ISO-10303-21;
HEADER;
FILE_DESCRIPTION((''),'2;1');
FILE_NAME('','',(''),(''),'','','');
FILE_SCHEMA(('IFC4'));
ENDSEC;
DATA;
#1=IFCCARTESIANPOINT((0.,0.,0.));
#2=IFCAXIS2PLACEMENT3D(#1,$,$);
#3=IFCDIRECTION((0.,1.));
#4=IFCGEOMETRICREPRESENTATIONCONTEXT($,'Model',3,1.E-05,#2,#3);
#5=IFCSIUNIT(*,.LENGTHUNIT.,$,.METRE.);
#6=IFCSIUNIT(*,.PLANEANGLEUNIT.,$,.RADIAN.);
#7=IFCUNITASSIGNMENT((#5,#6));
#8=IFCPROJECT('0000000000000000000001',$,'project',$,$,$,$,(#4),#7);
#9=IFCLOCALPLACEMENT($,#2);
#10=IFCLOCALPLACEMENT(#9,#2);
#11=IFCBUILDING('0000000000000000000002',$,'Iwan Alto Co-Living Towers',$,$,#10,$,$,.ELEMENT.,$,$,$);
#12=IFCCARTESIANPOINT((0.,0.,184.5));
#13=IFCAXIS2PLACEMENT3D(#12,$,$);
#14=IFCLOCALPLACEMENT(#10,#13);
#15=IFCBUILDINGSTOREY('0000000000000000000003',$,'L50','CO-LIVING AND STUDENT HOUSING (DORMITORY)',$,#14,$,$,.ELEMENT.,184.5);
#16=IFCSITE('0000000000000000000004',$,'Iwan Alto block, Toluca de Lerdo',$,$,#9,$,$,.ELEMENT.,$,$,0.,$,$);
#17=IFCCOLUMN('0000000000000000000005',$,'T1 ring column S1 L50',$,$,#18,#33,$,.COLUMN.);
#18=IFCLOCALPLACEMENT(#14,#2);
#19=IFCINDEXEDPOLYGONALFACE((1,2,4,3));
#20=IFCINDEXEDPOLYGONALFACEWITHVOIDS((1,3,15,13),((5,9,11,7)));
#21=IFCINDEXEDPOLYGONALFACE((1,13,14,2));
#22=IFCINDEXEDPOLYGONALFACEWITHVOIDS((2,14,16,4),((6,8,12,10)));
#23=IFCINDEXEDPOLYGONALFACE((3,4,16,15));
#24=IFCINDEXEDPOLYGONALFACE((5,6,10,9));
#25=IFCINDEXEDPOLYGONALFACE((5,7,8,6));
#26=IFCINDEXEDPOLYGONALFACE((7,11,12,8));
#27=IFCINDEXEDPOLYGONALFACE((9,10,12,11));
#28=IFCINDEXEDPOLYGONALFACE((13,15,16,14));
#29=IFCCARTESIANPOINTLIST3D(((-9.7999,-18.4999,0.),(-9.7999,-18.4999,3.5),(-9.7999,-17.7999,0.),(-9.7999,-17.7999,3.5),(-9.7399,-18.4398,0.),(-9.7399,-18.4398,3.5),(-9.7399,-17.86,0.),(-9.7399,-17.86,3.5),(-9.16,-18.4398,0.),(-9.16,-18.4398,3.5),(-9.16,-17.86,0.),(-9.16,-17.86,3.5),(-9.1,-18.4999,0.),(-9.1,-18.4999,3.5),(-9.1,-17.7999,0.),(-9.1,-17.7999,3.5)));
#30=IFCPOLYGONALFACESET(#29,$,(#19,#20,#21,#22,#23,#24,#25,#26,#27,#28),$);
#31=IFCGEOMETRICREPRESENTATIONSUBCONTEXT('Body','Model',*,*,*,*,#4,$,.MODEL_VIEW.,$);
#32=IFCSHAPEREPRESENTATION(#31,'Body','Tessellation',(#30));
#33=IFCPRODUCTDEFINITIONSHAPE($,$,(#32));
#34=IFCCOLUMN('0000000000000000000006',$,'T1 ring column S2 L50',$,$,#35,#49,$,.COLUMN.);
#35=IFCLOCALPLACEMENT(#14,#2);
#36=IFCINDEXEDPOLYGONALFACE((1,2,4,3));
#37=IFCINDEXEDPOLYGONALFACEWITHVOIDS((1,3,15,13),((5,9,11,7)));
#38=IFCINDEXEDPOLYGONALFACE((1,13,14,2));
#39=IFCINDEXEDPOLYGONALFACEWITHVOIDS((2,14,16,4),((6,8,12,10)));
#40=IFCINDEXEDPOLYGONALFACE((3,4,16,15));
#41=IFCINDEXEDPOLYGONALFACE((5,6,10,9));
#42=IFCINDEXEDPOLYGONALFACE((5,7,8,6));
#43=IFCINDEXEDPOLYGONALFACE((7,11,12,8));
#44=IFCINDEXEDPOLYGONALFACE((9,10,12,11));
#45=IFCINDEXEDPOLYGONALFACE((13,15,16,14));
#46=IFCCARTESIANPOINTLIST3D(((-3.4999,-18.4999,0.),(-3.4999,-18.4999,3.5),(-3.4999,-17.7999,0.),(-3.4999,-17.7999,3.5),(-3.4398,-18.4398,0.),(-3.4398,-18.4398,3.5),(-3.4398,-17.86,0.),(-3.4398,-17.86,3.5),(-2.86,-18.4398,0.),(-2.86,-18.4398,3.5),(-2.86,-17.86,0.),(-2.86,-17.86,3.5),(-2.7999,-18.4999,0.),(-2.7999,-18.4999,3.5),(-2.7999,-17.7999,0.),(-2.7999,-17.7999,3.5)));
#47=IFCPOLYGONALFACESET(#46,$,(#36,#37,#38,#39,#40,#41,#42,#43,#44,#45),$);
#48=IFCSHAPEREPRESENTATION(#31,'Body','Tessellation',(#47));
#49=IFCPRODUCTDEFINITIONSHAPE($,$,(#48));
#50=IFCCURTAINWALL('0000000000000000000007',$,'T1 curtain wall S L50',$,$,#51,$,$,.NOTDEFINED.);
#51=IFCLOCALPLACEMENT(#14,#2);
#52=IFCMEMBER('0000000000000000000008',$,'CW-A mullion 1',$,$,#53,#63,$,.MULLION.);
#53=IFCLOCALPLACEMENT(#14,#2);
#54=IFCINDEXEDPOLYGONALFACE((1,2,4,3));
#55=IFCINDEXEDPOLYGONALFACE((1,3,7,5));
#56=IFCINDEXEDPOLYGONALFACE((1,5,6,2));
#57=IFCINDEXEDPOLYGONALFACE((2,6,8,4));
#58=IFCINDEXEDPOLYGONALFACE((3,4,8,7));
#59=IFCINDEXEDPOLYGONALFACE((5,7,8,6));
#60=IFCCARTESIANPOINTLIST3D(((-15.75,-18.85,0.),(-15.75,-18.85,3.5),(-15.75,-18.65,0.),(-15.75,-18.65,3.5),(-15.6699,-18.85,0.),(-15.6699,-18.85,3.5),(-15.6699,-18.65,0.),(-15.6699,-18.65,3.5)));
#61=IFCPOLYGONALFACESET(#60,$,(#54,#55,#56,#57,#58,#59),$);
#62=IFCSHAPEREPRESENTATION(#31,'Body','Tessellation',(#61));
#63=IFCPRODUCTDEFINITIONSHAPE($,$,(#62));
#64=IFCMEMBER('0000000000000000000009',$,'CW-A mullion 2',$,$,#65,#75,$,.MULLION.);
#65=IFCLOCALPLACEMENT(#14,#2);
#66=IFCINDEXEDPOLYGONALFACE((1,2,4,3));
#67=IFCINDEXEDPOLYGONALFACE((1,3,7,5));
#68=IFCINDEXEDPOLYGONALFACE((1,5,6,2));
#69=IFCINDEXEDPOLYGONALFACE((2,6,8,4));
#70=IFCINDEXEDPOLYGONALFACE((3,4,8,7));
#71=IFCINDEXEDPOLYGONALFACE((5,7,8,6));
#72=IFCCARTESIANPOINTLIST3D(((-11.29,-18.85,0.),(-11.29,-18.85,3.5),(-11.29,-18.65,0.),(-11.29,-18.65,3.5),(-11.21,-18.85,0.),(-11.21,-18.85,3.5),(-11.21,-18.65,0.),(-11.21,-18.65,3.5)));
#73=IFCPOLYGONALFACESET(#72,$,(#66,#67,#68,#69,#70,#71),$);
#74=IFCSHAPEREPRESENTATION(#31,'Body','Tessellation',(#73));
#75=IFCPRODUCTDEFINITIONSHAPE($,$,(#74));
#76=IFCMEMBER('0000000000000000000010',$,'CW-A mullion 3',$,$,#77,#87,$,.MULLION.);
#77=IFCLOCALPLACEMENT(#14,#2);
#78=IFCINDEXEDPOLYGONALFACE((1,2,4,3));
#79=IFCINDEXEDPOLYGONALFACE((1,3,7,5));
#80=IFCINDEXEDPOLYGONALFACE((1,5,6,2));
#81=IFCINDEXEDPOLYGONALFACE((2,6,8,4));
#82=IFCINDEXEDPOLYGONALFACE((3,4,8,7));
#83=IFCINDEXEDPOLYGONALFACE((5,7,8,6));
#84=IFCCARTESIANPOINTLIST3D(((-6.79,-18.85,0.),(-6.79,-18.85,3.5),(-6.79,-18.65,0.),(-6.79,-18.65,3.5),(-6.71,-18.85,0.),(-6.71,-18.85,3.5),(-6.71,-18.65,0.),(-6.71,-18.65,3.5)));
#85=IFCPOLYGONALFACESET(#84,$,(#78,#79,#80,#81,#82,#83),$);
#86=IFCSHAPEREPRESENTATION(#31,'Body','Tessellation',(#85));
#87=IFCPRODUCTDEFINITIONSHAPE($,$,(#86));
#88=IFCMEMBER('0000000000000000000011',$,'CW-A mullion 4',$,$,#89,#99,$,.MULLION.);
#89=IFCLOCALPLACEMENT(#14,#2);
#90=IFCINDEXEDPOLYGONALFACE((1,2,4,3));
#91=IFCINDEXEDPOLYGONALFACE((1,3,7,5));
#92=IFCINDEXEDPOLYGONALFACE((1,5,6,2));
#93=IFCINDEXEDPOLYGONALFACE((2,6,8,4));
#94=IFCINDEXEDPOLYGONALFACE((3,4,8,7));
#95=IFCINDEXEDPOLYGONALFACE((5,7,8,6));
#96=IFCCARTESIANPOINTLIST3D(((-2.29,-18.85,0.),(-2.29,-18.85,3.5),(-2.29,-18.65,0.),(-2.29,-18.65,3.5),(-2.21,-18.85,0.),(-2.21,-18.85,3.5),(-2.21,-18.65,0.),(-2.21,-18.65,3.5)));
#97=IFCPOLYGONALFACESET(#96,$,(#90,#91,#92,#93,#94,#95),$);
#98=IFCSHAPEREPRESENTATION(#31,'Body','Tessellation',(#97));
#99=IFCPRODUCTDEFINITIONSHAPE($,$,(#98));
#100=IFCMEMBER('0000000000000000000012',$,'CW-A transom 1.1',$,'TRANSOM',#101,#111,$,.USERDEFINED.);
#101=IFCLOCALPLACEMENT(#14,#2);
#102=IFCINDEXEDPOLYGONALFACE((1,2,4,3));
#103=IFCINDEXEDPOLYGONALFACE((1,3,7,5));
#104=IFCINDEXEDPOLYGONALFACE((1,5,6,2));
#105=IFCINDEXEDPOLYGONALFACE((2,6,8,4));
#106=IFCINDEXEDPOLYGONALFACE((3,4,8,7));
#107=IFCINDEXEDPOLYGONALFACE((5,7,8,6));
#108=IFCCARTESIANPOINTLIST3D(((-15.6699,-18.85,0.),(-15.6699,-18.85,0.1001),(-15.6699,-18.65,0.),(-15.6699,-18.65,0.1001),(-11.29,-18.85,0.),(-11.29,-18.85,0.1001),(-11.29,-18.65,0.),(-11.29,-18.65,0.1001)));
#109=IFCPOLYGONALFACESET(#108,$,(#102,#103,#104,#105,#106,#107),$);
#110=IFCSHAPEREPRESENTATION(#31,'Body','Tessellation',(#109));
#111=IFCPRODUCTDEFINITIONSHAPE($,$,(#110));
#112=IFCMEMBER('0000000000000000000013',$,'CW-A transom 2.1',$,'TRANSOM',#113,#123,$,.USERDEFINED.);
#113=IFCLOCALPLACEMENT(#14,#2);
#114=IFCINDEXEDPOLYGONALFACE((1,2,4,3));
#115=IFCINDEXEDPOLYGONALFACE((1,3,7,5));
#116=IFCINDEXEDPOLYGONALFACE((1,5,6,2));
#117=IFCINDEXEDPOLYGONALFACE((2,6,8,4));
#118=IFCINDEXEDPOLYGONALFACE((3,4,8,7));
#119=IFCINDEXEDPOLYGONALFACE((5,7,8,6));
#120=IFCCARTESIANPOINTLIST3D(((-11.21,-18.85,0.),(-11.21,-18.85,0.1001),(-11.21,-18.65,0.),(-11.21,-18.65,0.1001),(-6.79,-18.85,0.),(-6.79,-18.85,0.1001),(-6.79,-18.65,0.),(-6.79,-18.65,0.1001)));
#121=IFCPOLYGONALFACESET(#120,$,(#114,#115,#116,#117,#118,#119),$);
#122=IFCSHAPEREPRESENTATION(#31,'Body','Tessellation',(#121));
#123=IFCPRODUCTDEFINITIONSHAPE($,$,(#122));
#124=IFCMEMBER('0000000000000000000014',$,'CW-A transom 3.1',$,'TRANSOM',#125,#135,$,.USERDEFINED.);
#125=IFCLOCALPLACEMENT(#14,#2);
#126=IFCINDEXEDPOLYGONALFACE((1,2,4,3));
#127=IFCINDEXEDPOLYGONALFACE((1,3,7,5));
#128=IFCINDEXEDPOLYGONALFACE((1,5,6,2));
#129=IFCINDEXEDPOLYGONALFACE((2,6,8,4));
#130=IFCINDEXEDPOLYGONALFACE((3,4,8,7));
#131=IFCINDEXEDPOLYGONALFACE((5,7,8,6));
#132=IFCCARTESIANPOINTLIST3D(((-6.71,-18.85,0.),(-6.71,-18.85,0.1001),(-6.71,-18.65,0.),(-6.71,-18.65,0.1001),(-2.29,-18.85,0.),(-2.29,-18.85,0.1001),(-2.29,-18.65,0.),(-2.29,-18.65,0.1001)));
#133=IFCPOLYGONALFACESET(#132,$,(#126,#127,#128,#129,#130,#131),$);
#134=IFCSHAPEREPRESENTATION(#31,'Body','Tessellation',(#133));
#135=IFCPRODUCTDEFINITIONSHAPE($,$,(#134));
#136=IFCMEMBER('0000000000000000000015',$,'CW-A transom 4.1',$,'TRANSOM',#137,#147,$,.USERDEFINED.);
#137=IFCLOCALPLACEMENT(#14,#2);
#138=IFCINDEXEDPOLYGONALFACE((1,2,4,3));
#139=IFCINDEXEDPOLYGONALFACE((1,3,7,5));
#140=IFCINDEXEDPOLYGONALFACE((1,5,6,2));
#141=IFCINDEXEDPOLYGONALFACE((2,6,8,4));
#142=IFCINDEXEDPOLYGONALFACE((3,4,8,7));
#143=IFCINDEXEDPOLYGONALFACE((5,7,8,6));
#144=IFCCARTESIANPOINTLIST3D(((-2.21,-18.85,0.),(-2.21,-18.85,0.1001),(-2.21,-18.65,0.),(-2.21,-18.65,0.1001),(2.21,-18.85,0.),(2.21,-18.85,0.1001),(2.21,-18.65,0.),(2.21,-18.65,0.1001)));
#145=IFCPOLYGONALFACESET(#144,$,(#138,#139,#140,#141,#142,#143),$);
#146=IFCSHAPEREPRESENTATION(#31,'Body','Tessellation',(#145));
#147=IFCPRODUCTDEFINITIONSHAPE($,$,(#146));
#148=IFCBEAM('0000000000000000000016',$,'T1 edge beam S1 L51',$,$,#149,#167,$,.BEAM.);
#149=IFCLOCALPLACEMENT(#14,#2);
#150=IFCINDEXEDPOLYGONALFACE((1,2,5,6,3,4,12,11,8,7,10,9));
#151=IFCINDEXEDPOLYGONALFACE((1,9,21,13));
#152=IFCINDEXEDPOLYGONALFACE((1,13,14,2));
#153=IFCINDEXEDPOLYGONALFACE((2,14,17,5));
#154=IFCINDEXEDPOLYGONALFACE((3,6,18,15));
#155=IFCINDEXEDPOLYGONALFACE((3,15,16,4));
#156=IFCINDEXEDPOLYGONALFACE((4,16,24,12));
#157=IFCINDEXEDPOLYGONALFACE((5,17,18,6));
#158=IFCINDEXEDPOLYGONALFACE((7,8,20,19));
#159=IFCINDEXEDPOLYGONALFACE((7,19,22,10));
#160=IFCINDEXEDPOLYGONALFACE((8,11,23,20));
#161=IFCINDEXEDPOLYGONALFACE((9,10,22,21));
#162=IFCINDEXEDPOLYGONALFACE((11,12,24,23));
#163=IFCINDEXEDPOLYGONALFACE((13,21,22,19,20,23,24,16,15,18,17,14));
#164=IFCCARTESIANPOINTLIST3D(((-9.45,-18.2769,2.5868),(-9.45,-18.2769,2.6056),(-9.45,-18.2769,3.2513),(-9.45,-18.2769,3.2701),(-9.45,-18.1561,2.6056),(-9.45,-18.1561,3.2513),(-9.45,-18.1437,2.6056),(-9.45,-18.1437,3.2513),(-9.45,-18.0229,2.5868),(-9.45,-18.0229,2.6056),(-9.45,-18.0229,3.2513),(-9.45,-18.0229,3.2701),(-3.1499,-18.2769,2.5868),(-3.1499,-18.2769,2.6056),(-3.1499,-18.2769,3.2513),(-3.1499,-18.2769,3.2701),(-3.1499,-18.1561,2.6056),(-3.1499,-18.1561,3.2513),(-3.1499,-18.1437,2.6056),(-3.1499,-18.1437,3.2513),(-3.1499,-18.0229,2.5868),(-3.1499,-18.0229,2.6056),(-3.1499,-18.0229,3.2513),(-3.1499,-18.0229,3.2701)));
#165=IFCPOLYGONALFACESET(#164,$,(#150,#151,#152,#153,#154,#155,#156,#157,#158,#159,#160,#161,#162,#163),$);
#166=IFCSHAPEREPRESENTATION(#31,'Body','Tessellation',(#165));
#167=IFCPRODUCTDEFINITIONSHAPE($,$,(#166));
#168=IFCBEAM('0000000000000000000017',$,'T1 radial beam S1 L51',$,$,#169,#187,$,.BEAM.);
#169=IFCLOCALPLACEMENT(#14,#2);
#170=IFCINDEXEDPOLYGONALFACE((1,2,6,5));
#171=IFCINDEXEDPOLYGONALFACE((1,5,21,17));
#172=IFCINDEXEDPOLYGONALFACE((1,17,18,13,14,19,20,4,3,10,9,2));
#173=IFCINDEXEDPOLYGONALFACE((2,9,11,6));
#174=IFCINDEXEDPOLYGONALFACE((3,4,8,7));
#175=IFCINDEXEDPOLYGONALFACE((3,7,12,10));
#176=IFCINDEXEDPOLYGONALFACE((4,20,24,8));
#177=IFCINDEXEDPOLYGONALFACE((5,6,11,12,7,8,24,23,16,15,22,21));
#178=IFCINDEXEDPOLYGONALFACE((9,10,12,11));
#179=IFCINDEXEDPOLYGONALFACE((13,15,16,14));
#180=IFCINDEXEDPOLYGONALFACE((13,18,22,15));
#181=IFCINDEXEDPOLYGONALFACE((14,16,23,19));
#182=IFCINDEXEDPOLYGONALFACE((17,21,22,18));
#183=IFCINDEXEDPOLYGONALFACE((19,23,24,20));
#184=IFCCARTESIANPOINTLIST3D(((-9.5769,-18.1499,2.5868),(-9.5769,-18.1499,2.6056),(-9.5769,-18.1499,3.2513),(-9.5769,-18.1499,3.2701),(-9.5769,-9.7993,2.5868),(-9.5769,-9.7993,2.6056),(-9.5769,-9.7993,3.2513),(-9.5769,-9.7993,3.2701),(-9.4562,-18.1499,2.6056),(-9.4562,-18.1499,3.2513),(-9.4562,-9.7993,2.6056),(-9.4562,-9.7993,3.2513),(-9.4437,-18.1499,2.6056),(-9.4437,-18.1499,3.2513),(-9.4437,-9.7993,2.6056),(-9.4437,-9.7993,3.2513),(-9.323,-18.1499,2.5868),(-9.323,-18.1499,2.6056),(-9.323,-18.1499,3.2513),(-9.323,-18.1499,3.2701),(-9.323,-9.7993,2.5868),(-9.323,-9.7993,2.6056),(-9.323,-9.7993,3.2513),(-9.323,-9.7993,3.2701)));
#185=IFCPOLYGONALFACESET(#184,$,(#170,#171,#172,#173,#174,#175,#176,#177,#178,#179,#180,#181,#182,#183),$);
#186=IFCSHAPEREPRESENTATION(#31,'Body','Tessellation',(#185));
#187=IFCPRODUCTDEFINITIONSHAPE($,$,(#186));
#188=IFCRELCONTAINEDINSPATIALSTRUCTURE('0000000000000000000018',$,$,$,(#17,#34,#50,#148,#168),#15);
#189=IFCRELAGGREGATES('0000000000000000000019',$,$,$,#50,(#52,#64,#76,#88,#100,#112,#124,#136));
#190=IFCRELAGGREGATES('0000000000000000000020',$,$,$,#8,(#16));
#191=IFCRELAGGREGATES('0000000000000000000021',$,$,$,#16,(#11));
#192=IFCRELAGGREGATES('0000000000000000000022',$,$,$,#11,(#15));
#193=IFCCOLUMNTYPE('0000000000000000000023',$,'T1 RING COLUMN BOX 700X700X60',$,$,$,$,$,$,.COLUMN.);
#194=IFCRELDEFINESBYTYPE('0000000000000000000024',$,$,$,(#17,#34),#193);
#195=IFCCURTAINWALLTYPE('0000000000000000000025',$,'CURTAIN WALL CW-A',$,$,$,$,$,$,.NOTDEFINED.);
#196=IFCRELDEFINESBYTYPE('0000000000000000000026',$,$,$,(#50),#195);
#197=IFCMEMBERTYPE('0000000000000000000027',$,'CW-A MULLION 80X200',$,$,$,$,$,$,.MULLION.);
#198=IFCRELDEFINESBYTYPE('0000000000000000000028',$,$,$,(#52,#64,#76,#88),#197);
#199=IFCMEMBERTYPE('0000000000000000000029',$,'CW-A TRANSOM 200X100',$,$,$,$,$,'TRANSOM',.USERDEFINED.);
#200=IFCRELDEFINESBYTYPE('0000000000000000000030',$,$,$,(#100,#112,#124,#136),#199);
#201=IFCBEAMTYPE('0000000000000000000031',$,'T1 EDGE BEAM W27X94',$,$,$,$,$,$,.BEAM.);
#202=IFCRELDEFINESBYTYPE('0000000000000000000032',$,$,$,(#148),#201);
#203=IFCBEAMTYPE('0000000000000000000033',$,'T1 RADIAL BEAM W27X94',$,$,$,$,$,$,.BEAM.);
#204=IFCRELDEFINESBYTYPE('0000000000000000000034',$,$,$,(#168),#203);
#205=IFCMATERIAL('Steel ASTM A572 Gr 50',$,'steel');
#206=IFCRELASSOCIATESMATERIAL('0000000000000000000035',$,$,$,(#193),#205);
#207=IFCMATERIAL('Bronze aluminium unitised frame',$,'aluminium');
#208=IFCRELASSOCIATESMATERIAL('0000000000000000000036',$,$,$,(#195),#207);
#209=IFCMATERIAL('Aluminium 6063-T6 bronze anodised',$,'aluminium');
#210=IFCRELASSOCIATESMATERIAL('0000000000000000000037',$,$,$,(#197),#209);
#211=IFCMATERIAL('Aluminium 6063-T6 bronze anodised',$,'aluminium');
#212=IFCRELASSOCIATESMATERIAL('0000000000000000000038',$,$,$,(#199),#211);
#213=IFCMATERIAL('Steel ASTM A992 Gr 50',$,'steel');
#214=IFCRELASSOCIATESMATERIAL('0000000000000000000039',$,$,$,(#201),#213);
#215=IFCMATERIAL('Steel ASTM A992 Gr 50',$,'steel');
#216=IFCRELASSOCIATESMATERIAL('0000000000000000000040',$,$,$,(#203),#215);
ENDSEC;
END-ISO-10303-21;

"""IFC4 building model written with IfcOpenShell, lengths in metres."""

from ifc_helpers import new_model, si_unit, direction, frame, origin, origin_2d, place, context, subcontext, project, spatial, rectangle, hollow_rectangle, i_section, extrude, material, material_profile, profile_set, type_object, element, aggregate, save


model = new_model("IFC4")

# Units and contexts
model_context = context("Model", 3, precision=1e-05, world=origin(), true_north=direction((0.0, 1.0)))
body_context = subcontext(model_context, "Body", "Model", "MODEL_VIEW")
ifc_project = project(units=[si_unit("LENGTHUNIT", "METRE"), si_unit("PLANEANGLEUNIT", "RADIAN")], contexts=[model_context])

# Site, building, storey
site_placement = place(None, origin())
site = spatial("IfcSite", under=ifc_project, at=site_placement, Name="Iwan Alto block, Toluca de Lerdo", CompositionType="ELEMENT", RefElevation=0.0)
building_placement = place(site_placement, origin())
building = spatial("IfcBuilding", under=site, at=building_placement, Name="Iwan Alto Co-Living Towers", CompositionType="ELEMENT")
storey_placement = place(building_placement, frame((0.0, 0.0, 184.5)))
storey = spatial("IfcBuildingStorey", under=building, at=storey_placement, Name="L50", Description="CO-LIVING AND STUDENT HOUSING (DORMITORY)", CompositionType="ELEMENT", Elevation=184.5)

# Columns
ifc_material_1 = material(Name="Steel ASTM A572 Gr 50", Category="steel")
ifc_material_profile_1 = material_profile(ifc_material_1, hollow_rectangle(XDim=0.7, YDim=0.7, WallThickness=0.0601, at=origin_2d()), Name="BOX 700X700X60")
ifc_profile_set_1 = profile_set([ifc_material_profile_1], Name="Steel ASTM A572 Gr 50")
column_type = type_object("IfcColumnType", Name="T1 RING COLUMN BOX 700X700X60", PredefinedType="COLUMN", material=ifc_profile_set_1)
for number, where, z_axis, x_axis, name in (
    (1, (-9.45, -18.1499, 0.0), (0.0, 0.0, 1.0), (1.0, 0.0, 0.0), "T1 ring column S1 L50"),
    (2, (-3.1499, -18.1499, 0.0), (0.0, 0.0, 1.0), (1.0, 0.0, 0.0), "T1 ring column S2 L50"),
):
    element("IfcColumn", number, at=place(storey_placement, frame(where, z_axis=z_axis, x_axis=x_axis)), inside=storey, type_object=column_type, Name=name, PredefinedType="COLUMN", context=body_context, shape_type="SweptSolid", body=[
        extrude(hollow_rectangle(XDim=0.7, YDim=0.7, WallThickness=0.0601, at=origin_2d()), origin(), (0.0, 0.0, 1.0), 3.5),
    ])

# Curtain wall, members
ifc_material_2 = material(Name="Bronze aluminium unitised frame", Category="aluminium")
curtain_wall_type = type_object("IfcCurtainWallType", Name="CURTAIN WALL CW-A", PredefinedType="NOTDEFINED", material=ifc_material_2)
curtain_wall_placement = place(storey_placement, origin())
curtain_wall = element("IfcCurtainWall", 3, at=curtain_wall_placement, inside=storey, type_object=curtain_wall_type, Name="T1 curtain wall S L50", PredefinedType="NOTDEFINED")
ifc_material_3 = material(Name="Aluminium 6063-T6 bronze anodised", Category="aluminium")
ifc_material_profile_2 = material_profile(ifc_material_3, rectangle(XDim=0.2, YDim=0.0801, at=origin_2d()), Name="AL 80X200")
ifc_profile_set_2 = profile_set([ifc_material_profile_2], Name="Aluminium 6063-T6 bronze anodised")
member_type_1 = type_object("IfcMemberType", Name="CW-A MULLION 80X200", PredefinedType="MULLION", material=ifc_profile_set_2)
member_1_placement = place(storey_placement, frame((-15.71, -18.75, 0.0), z_axis=(0.0, 0.0, 1.0), x_axis=(0.0, 1.0, 0.0)))
member_1 = element("IfcMember", 4, at=member_1_placement, type_object=member_type_1, Name="CW-A mullion 1", PredefinedType="MULLION", context=body_context, shape_type="SweptSolid", body=[
    extrude(rectangle(XDim=0.2, YDim=0.0801, at=origin_2d()), origin(), (0.0, 0.0, 1.0), 3.5),
])
member_2_placement = place(storey_placement, frame((-11.25, -18.75, 0.0), z_axis=(0.0, 0.0, 1.0), x_axis=(0.0, 1.0, 0.0)))
member_2 = element("IfcMember", 5, at=member_2_placement, type_object=member_type_1, Name="CW-A mullion 2", PredefinedType="MULLION", context=body_context, shape_type="SweptSolid", body=[
    extrude(rectangle(XDim=0.2, YDim=0.0801, at=origin_2d()), origin(), (0.0, 0.0, 1.0), 3.5),
])
member_3_placement = place(storey_placement, frame((-6.75, -18.75, 0.0), z_axis=(0.0, 0.0, 1.0), x_axis=(0.0, 1.0, 0.0)))
member_3 = element("IfcMember", 6, at=member_3_placement, type_object=member_type_1, Name="CW-A mullion 3", PredefinedType="MULLION", context=body_context, shape_type="SweptSolid", body=[
    extrude(rectangle(XDim=0.2, YDim=0.0801, at=origin_2d()), origin(), (0.0, 0.0, 1.0), 3.5),
])
member_4_placement = place(storey_placement, frame((-2.25, -18.75, 0.0), z_axis=(0.0, 0.0, 1.0), x_axis=(0.0, 1.0, 0.0)))
member_4 = element("IfcMember", 7, at=member_4_placement, type_object=member_type_1, Name="CW-A mullion 4", PredefinedType="MULLION", context=body_context, shape_type="SweptSolid", body=[
    extrude(rectangle(XDim=0.2, YDim=0.0801, at=origin_2d()), origin(), (0.0, 0.0, 1.0), 3.5),
])
ifc_material_4 = material(Name="Aluminium 6063-T6 bronze anodised", Category="aluminium")
ifc_material_profile_3 = material_profile(ifc_material_4, rectangle(XDim=0.2, YDim=0.1001, at=origin_2d()), Name="AL 200X100")
ifc_profile_set_3 = profile_set([ifc_material_profile_3], Name="Aluminium 6063-T6 bronze anodised")
member_type_2 = type_object("IfcMemberType", Name="CW-A TRANSOM 200X100", ElementType="TRANSOM", PredefinedType="USERDEFINED", material=ifc_profile_set_3)
member_5_placement = place(storey_placement, frame((-15.6699, -18.75, 0.05), z_axis=(1.0, 0.0, 0.0), x_axis=(0.0, 1.0, 0.0)))
member_5 = element("IfcMember", 8, at=member_5_placement, type_object=member_type_2, Name="CW-A transom 1.1", ObjectType="TRANSOM", PredefinedType="USERDEFINED", context=body_context, shape_type="SweptSolid", body=[
    extrude(rectangle(XDim=0.2, YDim=0.1001, at=origin_2d()), origin(), (0.0, 0.0, 1.0), 4.3799),
])
member_6_placement = place(storey_placement, frame((-11.21, -18.75, 0.05), z_axis=(1.0, 0.0, 0.0), x_axis=(0.0, 1.0, 0.0)))
member_6 = element("IfcMember", 9, at=member_6_placement, type_object=member_type_2, Name="CW-A transom 2.1", ObjectType="TRANSOM", PredefinedType="USERDEFINED", context=body_context, shape_type="SweptSolid", body=[
    extrude(rectangle(XDim=0.2, YDim=0.1001, at=origin_2d()), origin(), (0.0, 0.0, 1.0), 4.4199),
])
member_7_placement = place(storey_placement, frame((-6.71, -18.75, 0.05), z_axis=(1.0, 0.0, 0.0), x_axis=(0.0, 1.0, 0.0)))
member_7 = element("IfcMember", 10, at=member_7_placement, type_object=member_type_2, Name="CW-A transom 3.1", ObjectType="TRANSOM", PredefinedType="USERDEFINED", context=body_context, shape_type="SweptSolid", body=[
    extrude(rectangle(XDim=0.2, YDim=0.1001, at=origin_2d()), origin(), (0.0, 0.0, 1.0), 4.4199),
])
member_8_placement = place(storey_placement, frame((-2.21, -18.75, 0.05), z_axis=(1.0, 0.0, 0.0), x_axis=(0.0, 1.0, 0.0)))
member_8 = element("IfcMember", 11, at=member_8_placement, type_object=member_type_2, Name="CW-A transom 4.1", ObjectType="TRANSOM", PredefinedType="USERDEFINED", context=body_context, shape_type="SweptSolid", body=[
    extrude(rectangle(XDim=0.2, YDim=0.1001, at=origin_2d()), origin(), (0.0, 0.0, 1.0), 4.4199),
])

# Beams
ifc_material_5 = material(Name="Steel ASTM A992 Gr 50", Category="steel")
ifc_material_profile_4 = material_profile(ifc_material_5, i_section(OverallWidth=0.2539, OverallDepth=0.6833, WebThickness=0.0125, FlangeThickness=0.0188, at=origin_2d()), Name="W27X94")
ifc_profile_set_4 = profile_set([ifc_material_profile_4], Name="Steel ASTM A992 Gr 50")
beam_type_1 = type_object("IfcBeamType", Name="T1 EDGE BEAM W27X94", PredefinedType="BEAM", material=ifc_profile_set_4)
beam_1_placement = place(storey_placement, frame((-9.45, -18.1499, 2.9285), z_axis=(1.0, 0.0, 0.0), x_axis=(0.0, 1.0, 0.0)))
element("IfcBeam", 12, at=beam_1_placement, inside=storey, type_object=beam_type_1, Name="T1 edge beam S1 L51", PredefinedType="BEAM", context=body_context, shape_type="SweptSolid", body=[
    extrude(i_section(OverallWidth=0.2539, OverallDepth=0.6833, WebThickness=0.0125, FlangeThickness=0.0188, at=origin_2d()), origin(), (0.0, 0.0, 1.0), 6.3),
])
ifc_material_6 = material(Name="Steel ASTM A992 Gr 50", Category="steel")
ifc_material_profile_5 = material_profile(ifc_material_6, i_section(OverallWidth=0.2539, OverallDepth=0.6833, WebThickness=0.0125, FlangeThickness=0.0188, at=origin_2d()), Name="W27X94")
ifc_profile_set_5 = profile_set([ifc_material_profile_5], Name="Steel ASTM A992 Gr 50")
beam_type_2 = type_object("IfcBeamType", Name="T1 RADIAL BEAM W27X94", PredefinedType="BEAM", material=ifc_profile_set_5)
beam_2_placement = place(storey_placement, frame((-9.45, -18.1499, 2.9285), z_axis=(0.0, 1.0, 0.0), x_axis=(-1.0, 0.0, 0.0)))
element("IfcBeam", 13, at=beam_2_placement, inside=storey, type_object=beam_type_2, Name="T1 radial beam S1 L51", PredefinedType="BEAM", context=body_context, shape_type="SweptSolid", body=[
    extrude(i_section(OverallWidth=0.2539, OverallDepth=0.6833, WebThickness=0.0125, FlangeThickness=0.0188, at=origin_2d()), origin(), (0.0, 0.0, 1.0), 8.3506),
])

aggregate(curtain_wall, [member_1, member_2, member_3, member_4, member_5, member_6, member_7, member_8])

save(model, "model.ifc")
